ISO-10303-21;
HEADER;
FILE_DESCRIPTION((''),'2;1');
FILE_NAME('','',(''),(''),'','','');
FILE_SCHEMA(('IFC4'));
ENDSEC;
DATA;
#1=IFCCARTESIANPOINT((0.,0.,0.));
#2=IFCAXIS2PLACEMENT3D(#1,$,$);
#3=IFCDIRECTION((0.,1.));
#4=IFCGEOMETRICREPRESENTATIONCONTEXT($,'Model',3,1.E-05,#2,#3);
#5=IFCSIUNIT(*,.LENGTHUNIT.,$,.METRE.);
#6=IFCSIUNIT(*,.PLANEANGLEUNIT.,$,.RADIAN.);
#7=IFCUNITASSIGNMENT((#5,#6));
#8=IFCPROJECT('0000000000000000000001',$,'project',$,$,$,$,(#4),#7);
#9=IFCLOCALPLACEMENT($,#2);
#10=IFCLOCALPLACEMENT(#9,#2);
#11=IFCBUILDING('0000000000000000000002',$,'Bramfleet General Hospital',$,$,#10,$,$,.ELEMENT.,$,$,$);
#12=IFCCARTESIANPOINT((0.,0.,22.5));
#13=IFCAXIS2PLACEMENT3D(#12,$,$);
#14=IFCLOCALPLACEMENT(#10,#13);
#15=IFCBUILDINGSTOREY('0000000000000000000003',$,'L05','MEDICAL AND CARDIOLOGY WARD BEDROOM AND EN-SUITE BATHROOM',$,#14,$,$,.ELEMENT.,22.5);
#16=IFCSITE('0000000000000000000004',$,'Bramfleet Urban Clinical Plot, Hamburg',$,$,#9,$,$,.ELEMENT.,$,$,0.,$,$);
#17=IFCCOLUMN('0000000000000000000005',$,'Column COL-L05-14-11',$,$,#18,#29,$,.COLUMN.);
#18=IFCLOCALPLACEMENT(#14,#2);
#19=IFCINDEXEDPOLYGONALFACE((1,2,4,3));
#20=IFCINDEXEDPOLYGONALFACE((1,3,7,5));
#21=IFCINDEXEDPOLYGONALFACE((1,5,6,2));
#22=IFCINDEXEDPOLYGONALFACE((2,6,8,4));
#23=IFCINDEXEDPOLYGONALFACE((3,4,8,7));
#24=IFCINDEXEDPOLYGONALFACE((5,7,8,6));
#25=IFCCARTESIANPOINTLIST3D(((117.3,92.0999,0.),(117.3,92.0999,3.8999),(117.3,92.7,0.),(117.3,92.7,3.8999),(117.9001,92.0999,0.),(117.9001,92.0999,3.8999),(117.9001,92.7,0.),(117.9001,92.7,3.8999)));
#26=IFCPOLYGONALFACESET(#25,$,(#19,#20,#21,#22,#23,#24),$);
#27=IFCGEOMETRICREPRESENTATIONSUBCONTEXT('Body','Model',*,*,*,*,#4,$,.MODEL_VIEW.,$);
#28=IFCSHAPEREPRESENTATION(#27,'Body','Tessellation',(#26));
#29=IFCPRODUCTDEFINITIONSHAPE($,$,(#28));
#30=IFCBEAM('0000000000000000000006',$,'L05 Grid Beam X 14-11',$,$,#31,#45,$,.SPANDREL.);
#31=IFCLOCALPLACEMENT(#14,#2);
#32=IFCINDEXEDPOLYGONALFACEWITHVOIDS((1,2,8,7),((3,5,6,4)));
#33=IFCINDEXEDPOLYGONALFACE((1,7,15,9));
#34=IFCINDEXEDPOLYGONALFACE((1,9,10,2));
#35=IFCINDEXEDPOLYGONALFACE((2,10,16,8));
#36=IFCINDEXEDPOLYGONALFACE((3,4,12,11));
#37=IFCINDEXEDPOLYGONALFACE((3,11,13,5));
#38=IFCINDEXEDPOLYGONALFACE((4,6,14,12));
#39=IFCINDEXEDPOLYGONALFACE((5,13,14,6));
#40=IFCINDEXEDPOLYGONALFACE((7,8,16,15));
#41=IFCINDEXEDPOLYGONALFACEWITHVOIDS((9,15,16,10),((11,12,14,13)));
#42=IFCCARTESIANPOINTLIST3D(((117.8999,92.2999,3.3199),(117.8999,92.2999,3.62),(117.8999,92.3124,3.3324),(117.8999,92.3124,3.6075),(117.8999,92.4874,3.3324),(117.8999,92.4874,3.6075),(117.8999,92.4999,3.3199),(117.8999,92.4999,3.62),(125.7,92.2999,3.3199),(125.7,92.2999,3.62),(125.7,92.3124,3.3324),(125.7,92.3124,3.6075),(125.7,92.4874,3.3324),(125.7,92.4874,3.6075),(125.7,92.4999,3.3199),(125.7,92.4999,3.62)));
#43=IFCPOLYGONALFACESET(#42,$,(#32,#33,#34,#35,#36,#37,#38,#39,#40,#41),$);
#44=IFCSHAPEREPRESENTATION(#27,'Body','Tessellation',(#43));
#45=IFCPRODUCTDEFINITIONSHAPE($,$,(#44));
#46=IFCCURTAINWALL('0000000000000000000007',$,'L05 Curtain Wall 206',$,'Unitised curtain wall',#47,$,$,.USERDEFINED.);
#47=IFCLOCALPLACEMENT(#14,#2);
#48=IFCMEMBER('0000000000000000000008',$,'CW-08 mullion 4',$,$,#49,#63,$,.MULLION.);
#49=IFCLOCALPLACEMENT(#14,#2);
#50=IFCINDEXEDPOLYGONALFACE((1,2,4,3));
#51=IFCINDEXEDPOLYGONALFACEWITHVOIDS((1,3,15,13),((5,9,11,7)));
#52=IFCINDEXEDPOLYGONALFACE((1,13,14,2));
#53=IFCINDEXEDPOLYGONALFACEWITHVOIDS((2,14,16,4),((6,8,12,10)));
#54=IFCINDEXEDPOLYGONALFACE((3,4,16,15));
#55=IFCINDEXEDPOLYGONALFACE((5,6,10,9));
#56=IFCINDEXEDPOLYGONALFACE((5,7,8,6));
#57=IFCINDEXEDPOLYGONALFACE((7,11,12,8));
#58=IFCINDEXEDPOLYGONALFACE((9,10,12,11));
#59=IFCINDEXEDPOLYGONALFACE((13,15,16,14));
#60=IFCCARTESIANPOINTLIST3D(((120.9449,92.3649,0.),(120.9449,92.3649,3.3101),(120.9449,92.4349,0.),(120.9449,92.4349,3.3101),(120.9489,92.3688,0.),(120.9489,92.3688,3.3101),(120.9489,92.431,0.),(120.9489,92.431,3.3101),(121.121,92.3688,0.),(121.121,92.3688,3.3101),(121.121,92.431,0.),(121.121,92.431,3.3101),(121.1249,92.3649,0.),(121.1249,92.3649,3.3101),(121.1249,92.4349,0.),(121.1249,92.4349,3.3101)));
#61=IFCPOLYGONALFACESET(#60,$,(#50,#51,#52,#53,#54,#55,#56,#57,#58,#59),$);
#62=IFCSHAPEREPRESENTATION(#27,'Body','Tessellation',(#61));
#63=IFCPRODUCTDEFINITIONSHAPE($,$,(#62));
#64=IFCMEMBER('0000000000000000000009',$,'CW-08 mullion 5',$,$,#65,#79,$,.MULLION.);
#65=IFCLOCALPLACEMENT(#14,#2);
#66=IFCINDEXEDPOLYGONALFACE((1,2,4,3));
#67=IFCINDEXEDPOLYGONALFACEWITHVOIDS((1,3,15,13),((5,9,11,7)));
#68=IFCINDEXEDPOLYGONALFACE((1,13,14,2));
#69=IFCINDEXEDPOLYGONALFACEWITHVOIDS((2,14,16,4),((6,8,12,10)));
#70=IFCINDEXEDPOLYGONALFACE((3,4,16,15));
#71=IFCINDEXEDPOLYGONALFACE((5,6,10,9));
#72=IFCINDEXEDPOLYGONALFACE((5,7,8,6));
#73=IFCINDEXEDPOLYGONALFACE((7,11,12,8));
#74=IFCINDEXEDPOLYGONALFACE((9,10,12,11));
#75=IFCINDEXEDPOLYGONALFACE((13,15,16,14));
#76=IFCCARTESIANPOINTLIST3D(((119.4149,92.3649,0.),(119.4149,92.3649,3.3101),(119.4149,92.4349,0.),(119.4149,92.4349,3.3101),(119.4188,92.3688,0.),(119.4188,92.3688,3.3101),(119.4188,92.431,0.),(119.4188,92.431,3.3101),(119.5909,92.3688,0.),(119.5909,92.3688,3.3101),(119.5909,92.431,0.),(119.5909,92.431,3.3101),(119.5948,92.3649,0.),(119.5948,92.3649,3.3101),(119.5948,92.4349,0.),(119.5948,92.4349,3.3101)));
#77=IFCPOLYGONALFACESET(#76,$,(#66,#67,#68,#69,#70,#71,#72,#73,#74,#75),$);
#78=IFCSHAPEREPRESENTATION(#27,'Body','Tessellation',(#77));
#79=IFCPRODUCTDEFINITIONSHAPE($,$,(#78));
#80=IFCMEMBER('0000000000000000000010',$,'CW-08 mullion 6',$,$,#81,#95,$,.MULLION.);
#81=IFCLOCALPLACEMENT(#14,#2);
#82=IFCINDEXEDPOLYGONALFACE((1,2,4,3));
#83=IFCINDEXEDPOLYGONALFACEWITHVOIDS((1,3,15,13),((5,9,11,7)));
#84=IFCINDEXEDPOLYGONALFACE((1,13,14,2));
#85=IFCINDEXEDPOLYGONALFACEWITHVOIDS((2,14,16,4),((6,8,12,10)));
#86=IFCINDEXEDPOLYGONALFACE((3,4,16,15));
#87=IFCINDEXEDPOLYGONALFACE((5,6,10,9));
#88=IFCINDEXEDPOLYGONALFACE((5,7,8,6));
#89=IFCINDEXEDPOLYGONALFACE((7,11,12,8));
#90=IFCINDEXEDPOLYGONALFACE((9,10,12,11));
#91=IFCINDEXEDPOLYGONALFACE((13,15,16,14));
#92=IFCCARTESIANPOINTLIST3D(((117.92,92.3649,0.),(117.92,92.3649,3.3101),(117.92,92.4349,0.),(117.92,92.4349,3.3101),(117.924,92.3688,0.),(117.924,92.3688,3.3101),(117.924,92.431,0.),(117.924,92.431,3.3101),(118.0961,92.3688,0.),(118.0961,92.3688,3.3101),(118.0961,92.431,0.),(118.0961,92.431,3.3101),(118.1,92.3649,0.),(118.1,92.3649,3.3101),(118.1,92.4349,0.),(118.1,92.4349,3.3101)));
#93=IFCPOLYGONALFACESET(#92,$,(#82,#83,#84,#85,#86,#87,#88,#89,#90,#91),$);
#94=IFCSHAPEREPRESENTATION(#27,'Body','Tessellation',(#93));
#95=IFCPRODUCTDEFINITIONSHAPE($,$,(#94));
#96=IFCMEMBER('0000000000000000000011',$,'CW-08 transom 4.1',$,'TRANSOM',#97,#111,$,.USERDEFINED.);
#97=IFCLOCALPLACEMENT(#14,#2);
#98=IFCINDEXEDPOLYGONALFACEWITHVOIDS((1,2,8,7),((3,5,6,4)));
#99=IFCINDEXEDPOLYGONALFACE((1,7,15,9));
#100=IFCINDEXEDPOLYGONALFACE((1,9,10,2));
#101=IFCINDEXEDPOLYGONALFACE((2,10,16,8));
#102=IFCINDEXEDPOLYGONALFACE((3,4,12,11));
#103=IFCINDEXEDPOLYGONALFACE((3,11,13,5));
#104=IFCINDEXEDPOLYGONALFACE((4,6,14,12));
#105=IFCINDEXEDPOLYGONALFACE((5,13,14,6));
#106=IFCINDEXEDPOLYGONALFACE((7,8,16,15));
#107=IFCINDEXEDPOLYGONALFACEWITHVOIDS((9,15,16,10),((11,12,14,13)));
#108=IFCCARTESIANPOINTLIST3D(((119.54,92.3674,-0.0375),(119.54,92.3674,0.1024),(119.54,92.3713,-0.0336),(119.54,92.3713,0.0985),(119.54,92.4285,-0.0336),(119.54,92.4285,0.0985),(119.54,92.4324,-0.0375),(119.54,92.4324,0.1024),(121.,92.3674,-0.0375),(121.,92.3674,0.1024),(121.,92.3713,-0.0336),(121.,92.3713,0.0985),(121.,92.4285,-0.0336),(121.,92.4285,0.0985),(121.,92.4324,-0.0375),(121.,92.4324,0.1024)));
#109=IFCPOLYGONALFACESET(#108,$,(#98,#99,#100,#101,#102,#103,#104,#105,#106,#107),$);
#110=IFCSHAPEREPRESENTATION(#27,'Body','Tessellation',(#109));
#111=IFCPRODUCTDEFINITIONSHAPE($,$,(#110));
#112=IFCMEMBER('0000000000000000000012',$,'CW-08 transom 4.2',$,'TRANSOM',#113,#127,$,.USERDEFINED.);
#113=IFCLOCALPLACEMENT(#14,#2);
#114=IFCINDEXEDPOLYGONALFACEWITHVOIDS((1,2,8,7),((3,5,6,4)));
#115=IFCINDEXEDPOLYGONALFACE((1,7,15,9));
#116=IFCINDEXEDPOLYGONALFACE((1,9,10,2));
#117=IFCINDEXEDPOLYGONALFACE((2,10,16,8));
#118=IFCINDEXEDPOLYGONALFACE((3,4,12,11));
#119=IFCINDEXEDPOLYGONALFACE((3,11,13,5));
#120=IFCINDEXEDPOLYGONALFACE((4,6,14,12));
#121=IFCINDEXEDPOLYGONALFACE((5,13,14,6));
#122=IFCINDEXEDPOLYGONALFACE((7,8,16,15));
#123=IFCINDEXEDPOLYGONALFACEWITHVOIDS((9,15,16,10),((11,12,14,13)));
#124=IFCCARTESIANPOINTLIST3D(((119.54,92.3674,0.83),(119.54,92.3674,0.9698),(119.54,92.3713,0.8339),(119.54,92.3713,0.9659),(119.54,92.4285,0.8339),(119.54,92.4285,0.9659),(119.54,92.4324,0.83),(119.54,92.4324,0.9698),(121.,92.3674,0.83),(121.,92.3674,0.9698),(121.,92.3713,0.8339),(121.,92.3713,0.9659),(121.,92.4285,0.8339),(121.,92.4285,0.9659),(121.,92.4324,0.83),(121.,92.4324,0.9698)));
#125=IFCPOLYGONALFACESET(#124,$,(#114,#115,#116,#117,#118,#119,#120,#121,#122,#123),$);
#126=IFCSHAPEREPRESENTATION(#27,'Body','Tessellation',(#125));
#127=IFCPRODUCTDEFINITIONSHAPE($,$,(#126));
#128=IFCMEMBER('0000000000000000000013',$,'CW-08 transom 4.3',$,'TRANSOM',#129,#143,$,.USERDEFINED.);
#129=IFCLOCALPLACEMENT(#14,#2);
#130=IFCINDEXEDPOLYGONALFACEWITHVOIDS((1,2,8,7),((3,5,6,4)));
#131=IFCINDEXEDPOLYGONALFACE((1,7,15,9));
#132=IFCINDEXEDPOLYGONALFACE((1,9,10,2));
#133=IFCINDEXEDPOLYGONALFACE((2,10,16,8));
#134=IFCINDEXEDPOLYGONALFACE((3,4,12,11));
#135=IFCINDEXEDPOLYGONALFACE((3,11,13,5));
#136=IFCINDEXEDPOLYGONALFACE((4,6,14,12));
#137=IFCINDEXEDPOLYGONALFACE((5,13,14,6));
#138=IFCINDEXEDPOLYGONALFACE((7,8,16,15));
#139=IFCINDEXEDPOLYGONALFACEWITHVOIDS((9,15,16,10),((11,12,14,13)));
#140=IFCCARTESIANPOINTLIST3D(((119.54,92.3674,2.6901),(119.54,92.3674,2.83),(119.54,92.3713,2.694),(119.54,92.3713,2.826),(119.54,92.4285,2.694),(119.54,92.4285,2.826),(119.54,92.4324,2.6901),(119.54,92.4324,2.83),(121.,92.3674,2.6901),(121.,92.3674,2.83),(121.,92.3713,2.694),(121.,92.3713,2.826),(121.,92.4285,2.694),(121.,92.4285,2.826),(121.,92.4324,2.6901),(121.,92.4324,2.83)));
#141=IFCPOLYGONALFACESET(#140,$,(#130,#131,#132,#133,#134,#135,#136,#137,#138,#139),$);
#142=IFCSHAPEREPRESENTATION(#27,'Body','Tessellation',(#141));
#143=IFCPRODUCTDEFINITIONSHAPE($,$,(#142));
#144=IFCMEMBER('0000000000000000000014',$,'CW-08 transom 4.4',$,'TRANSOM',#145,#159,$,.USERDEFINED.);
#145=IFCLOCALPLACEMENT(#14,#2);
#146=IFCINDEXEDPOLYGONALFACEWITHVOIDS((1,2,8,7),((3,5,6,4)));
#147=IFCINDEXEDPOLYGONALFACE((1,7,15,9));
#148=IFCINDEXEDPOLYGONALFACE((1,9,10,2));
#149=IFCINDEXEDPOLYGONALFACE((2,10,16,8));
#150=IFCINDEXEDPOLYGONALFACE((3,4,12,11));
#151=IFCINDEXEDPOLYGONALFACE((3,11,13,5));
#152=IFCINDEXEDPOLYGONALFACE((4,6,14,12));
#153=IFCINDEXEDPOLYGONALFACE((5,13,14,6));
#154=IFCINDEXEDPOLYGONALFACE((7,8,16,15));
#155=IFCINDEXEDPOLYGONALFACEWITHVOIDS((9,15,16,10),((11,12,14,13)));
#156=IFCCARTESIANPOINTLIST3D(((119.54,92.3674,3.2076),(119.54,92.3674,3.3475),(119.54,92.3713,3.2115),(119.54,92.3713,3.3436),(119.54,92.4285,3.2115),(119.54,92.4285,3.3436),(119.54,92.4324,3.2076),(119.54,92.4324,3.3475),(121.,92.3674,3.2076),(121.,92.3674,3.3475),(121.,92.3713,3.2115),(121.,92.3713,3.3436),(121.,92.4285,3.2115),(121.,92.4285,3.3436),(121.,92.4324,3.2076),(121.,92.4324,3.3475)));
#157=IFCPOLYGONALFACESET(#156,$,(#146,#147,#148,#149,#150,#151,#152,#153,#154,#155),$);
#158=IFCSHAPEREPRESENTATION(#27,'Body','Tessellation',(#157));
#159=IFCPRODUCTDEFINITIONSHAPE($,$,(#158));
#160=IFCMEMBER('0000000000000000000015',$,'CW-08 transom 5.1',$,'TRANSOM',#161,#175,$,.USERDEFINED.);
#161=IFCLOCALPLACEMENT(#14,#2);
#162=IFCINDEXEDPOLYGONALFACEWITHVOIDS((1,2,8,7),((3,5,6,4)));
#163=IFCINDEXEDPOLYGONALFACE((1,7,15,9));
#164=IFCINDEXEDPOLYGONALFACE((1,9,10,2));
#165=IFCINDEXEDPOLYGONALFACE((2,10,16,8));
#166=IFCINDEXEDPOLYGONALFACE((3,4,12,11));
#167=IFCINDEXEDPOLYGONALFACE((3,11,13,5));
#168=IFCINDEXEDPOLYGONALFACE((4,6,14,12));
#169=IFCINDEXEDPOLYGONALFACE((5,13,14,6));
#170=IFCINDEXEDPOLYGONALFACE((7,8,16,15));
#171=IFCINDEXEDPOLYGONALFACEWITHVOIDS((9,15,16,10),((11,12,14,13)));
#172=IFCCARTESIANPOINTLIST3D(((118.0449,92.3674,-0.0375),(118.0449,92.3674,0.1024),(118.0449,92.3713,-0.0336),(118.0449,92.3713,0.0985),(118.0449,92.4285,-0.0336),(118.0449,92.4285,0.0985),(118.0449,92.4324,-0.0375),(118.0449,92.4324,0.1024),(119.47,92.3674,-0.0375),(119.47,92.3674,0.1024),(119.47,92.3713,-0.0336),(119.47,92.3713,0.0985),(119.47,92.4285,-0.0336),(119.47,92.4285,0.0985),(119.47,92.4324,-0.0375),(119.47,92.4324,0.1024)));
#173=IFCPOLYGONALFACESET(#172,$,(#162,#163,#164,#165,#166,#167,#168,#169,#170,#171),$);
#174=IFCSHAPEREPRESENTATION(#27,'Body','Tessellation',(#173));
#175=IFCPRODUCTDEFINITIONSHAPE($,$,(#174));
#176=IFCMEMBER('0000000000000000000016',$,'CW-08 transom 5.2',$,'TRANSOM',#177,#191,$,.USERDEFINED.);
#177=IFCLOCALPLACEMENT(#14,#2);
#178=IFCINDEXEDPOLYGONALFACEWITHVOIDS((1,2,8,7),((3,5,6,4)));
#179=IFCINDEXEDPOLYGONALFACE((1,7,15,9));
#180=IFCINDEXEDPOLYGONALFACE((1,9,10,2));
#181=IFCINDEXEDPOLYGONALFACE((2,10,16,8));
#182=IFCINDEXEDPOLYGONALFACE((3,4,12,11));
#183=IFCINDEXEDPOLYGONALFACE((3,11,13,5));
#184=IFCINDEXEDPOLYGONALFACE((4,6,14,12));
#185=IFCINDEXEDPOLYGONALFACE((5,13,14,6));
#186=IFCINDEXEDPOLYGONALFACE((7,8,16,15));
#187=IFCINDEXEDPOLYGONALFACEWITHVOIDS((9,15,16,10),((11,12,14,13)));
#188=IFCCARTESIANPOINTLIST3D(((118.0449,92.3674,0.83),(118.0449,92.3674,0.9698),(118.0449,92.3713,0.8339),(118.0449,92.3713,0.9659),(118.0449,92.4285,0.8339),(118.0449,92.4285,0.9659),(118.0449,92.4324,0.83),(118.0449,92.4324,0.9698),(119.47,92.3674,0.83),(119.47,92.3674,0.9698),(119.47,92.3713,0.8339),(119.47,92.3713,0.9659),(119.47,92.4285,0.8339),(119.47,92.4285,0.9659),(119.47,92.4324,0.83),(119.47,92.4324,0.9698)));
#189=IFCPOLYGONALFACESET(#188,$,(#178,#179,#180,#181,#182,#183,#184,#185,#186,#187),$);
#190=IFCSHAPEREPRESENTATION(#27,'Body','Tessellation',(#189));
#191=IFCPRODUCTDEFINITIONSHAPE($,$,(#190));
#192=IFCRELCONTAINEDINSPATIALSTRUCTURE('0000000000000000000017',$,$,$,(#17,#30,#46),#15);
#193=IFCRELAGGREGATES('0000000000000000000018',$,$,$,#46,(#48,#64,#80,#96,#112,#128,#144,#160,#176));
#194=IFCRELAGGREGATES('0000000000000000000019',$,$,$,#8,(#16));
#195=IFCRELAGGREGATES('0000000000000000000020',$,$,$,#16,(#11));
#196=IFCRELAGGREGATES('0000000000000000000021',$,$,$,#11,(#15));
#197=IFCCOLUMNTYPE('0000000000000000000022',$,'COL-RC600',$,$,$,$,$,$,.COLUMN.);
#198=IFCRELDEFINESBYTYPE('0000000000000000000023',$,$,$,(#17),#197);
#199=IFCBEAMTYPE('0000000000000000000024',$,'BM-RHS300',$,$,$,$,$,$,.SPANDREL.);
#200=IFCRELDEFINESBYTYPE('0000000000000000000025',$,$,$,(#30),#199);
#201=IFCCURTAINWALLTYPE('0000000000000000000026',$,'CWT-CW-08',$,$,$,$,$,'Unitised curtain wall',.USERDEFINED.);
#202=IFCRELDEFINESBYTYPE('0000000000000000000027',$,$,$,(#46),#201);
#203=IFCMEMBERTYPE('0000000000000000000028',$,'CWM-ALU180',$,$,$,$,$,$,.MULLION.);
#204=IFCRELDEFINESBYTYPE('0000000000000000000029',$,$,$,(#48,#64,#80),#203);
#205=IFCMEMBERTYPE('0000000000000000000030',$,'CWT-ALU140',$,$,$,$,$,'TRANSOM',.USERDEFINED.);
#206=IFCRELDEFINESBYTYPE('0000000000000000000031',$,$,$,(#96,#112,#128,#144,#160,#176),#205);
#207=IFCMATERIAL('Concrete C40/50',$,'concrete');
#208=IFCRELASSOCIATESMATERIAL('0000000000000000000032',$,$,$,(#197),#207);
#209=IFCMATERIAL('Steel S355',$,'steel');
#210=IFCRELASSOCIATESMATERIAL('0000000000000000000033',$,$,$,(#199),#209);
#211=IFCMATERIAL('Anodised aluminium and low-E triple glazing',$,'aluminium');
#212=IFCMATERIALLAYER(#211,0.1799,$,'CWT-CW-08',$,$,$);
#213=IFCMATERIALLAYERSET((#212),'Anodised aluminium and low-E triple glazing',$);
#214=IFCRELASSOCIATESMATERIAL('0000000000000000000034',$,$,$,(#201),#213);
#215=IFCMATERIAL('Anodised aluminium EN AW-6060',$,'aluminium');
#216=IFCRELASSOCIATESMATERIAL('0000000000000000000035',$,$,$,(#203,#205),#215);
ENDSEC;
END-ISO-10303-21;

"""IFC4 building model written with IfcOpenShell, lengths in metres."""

from ifc_helpers import new_model, si_unit, direction, frame, origin, origin_2d, place, context, subcontext, project, spatial, rectangle, hollow_rectangle, extrude, material, layer, layer_set, material_profile, profile_set, type_object, element, aggregate, save


model = new_model("IFC4")

# Units and contexts
model_context = context("Model", 3, precision=1e-05, world=origin(), true_north=direction((0.0, 1.0)))
body_context = subcontext(model_context, "Body", "Model", "MODEL_VIEW")
ifc_project = project(units=[si_unit("LENGTHUNIT", "METRE"), si_unit("PLANEANGLEUNIT", "RADIAN")], contexts=[model_context])

# Site, building, storey
site_placement = place(None, origin())
site = spatial("IfcSite", under=ifc_project, at=site_placement, Name="Bramfleet Urban Clinical Plot, Hamburg", CompositionType="ELEMENT", RefElevation=0.0)
building_placement = place(site_placement, origin())
building = spatial("IfcBuilding", under=site, at=building_placement, Name="Bramfleet General Hospital", CompositionType="ELEMENT")
storey_placement = place(building_placement, frame((0.0, 0.0, 22.5)))
storey = spatial("IfcBuildingStorey", under=building, at=storey_placement, Name="L05", Description="MEDICAL AND CARDIOLOGY WARD BEDROOM AND EN-SUITE BATHROOM", CompositionType="ELEMENT", Elevation=22.5)

# Column
ifc_material_1 = material(Name="Concrete C40/50", Category="concrete")
ifc_material_profile_1 = material_profile(ifc_material_1, rectangle(XDim=0.6001, YDim=0.6001, at=origin_2d()), Name="RC COL 600x600")
ifc_profile_set_1 = profile_set([ifc_material_profile_1], Name="Concrete C40/50")
column_type = type_object("IfcColumnType", Name="COL-RC600", PredefinedType="COLUMN", material=ifc_profile_set_1)
column_placement = place(storey_placement, frame((117.6001, 92.3999, 0.0), z_axis=(0.0, 0.0, 1.0), x_axis=(1.0, 0.0, 0.0)))
element("IfcColumn", 1, at=column_placement, inside=storey, type_object=column_type, Name="Column COL-L05-14-11", PredefinedType="COLUMN", context=body_context, shape_type="SweptSolid", body=[
    extrude(rectangle(XDim=0.6001, YDim=0.6001, at=origin_2d()), origin(), (0.0, 0.0, 1.0), 3.8999),
])

# Beam
ifc_material_2 = material(Name="Steel S355", Category="steel")
ifc_material_profile_2 = material_profile(ifc_material_2, hollow_rectangle(XDim=0.2, YDim=0.3, WallThickness=0.0125, at=origin_2d()), Name="RHS 300x200x12.5")
ifc_profile_set_2 = profile_set([ifc_material_profile_2], Name="Steel S355")
beam_type = type_object("IfcBeamType", Name="BM-RHS300", PredefinedType="SPANDREL", material=ifc_profile_set_2)
beam_placement = place(storey_placement, frame((117.8999, 92.3999, 3.47), z_axis=(1.0, 0.0, 0.0), x_axis=(0.0, 1.0, 0.0)))
element("IfcBeam", 2, at=beam_placement, inside=storey, type_object=beam_type, Name="L05 Grid Beam X 14-11", PredefinedType="SPANDREL", context=body_context, shape_type="SweptSolid", body=[
    extrude(hollow_rectangle(XDim=0.2, YDim=0.3, WallThickness=0.0125, at=origin_2d()), origin(), (0.0, 0.0, 1.0), 7.8),
])

# Curtain wall, members
ifc_material_3 = material(Name="Anodised aluminium and low-E triple glazing", Category="aluminium")
ifc_layer_1 = layer(ifc_material_3, 0.1799, Name="CWT-CW-08")
ifc_layer_set_1 = layer_set([ifc_layer_1], Name="Anodised aluminium and low-E triple glazing")
curtain_wall_type = type_object("IfcCurtainWallType", Name="CWT-CW-08", ElementType="Unitised curtain wall", PredefinedType="USERDEFINED", material=ifc_layer_set_1)
curtain_wall_placement = place(storey_placement, origin())
curtain_wall = element("IfcCurtainWall", 3, at=curtain_wall_placement, inside=storey, type_object=curtain_wall_type, Name="L05 Curtain Wall 206", ObjectType="Unitised curtain wall", PredefinedType="USERDEFINED")
ifc_material_4 = material(Name="Anodised aluminium EN AW-6060", Category="aluminium")
ifc_material_profile_3 = material_profile(ifc_material_4, hollow_rectangle(XDim=0.0701, YDim=0.1799, WallThickness=0.0039, at=origin_2d()), Name="ALU 180x70x4.0")
ifc_profile_set_3 = profile_set([ifc_material_profile_3], Name="Anodised aluminium EN AW-6060")
member_type_1 = type_object("IfcMemberType", Name="CWM-ALU180", PredefinedType="MULLION", material=ifc_profile_set_3)
member_1_placement = place(storey_placement, frame((121.0349, 92.3999, 0.0), z_axis=(0.0, 0.0, 1.0), x_axis=(0.0, -1.0, 0.0)))
member_1 = element("IfcMember", 4, at=member_1_placement, type_object=member_type_1, Name="CW-08 mullion 4", PredefinedType="MULLION", context=body_context, shape_type="SweptSolid", body=[
    extrude(hollow_rectangle(XDim=0.0701, YDim=0.1799, WallThickness=0.0039, at=origin_2d()), origin(), (0.0, 0.0, 1.0), 3.3101),
])
member_2_placement = place(storey_placement, frame((119.5049, 92.3999, 0.0), z_axis=(0.0, 0.0, 1.0), x_axis=(0.0, -1.0, 0.0)))
member_2 = element("IfcMember", 5, at=member_2_placement, type_object=member_type_1, Name="CW-08 mullion 5", PredefinedType="MULLION", context=body_context, shape_type="SweptSolid", body=[
    extrude(hollow_rectangle(XDim=0.0701, YDim=0.1799, WallThickness=0.0039, at=origin_2d()), origin(), (0.0, 0.0, 1.0), 3.3101),
])
member_3_placement = place(storey_placement, frame((118.01, 92.3999, 0.0), z_axis=(0.0, 0.0, 1.0), x_axis=(0.0, -1.0, 0.0)))
member_3 = element("IfcMember", 6, at=member_3_placement, type_object=member_type_1, Name="CW-08 mullion 6", PredefinedType="MULLION", context=body_context, shape_type="SweptSolid", body=[
    extrude(hollow_rectangle(XDim=0.0701, YDim=0.1799, WallThickness=0.0039, at=origin_2d()), origin(), (0.0, 0.0, 1.0), 3.3101),
])
ifc_material_profile_4 = material_profile(ifc_material_4, hollow_rectangle(XDim=0.0649, YDim=0.1399, WallThickness=0.0039, at=origin_2d()), Name="ALU 140x65x4.0")
ifc_profile_set_4 = profile_set([ifc_material_profile_4], Name="Anodised aluminium EN AW-6060")
member_type_2 = type_object("IfcMemberType", Name="CWT-ALU140", ElementType="TRANSOM", PredefinedType="USERDEFINED", material=ifc_profile_set_4)
member_4_placement = place(storey_placement, frame((121.0, 92.3999, 0.0325), z_axis=(-1.0, 0.0, 0.0), x_axis=(0.0, -1.0, 0.0)))
member_4 = element("IfcMember", 7, at=member_4_placement, type_object=member_type_2, Name="CW-08 transom 4.1", ObjectType="TRANSOM", PredefinedType="USERDEFINED", context=body_context, shape_type="SweptSolid", body=[
    extrude(hollow_rectangle(XDim=0.0649, YDim=0.1399, WallThickness=0.0039, at=origin_2d()), origin(), (0.0, 0.0, 1.0), 1.46),
])
member_5_placement = place(storey_placement, frame((121.0, 92.3999, 0.8999), z_axis=(-1.0, 0.0, 0.0), x_axis=(0.0, -1.0, 0.0)))
member_5 = element("IfcMember", 8, at=member_5_placement, type_object=member_type_2, Name="CW-08 transom 4.2", ObjectType="TRANSOM", PredefinedType="USERDEFINED", context=body_context, shape_type="SweptSolid", body=[
    extrude(hollow_rectangle(XDim=0.0649, YDim=0.1399, WallThickness=0.0039, at=origin_2d()), origin(), (0.0, 0.0, 1.0), 1.46),
])
member_6_placement = place(storey_placement, frame((121.0, 92.3999, 2.76), z_axis=(-1.0, 0.0, 0.0), x_axis=(0.0, -1.0, 0.0)))
member_6 = element("IfcMember", 9, at=member_6_placement, type_object=member_type_2, Name="CW-08 transom 4.3", ObjectType="TRANSOM", PredefinedType="USERDEFINED", context=body_context, shape_type="SweptSolid", body=[
    extrude(hollow_rectangle(XDim=0.0649, YDim=0.1399, WallThickness=0.0039, at=origin_2d()), origin(), (0.0, 0.0, 1.0), 1.46),
])
member_7_placement = place(storey_placement, frame((121.0, 92.3999, 3.2776), z_axis=(-1.0, 0.0, 0.0), x_axis=(0.0, -1.0, 0.0)))
member_7 = element("IfcMember", 10, at=member_7_placement, type_object=member_type_2, Name="CW-08 transom 4.4", ObjectType="TRANSOM", PredefinedType="USERDEFINED", context=body_context, shape_type="SweptSolid", body=[
    extrude(hollow_rectangle(XDim=0.0649, YDim=0.1399, WallThickness=0.0039, at=origin_2d()), origin(), (0.0, 0.0, 1.0), 1.46),
])
member_8_placement = place(storey_placement, frame((119.47, 92.3999, 0.0325), z_axis=(-1.0, 0.0, 0.0), x_axis=(0.0, -1.0, 0.0)))
member_8 = element("IfcMember", 11, at=member_8_placement, type_object=member_type_2, Name="CW-08 transom 5.1", ObjectType="TRANSOM", PredefinedType="USERDEFINED", context=body_context, shape_type="SweptSolid", body=[
    extrude(hollow_rectangle(XDim=0.0649, YDim=0.1399, WallThickness=0.0039, at=origin_2d()), origin(), (0.0, 0.0, 1.0), 1.425),
])
member_9_placement = place(storey_placement, frame((119.47, 92.3999, 0.8999), z_axis=(-1.0, 0.0, 0.0), x_axis=(0.0, -1.0, 0.0)))
member_9 = element("IfcMember", 12, at=member_9_placement, type_object=member_type_2, Name="CW-08 transom 5.2", ObjectType="TRANSOM", PredefinedType="USERDEFINED", context=body_context, shape_type="SweptSolid", body=[
    extrude(hollow_rectangle(XDim=0.0649, YDim=0.1399, WallThickness=0.0039, at=origin_2d()), origin(), (0.0, 0.0, 1.0), 1.425),
])
aggregate(curtain_wall, [member_1, member_2, member_3, member_4, member_5, member_6, member_7, member_8, member_9])

save(model, "model.ifc")
